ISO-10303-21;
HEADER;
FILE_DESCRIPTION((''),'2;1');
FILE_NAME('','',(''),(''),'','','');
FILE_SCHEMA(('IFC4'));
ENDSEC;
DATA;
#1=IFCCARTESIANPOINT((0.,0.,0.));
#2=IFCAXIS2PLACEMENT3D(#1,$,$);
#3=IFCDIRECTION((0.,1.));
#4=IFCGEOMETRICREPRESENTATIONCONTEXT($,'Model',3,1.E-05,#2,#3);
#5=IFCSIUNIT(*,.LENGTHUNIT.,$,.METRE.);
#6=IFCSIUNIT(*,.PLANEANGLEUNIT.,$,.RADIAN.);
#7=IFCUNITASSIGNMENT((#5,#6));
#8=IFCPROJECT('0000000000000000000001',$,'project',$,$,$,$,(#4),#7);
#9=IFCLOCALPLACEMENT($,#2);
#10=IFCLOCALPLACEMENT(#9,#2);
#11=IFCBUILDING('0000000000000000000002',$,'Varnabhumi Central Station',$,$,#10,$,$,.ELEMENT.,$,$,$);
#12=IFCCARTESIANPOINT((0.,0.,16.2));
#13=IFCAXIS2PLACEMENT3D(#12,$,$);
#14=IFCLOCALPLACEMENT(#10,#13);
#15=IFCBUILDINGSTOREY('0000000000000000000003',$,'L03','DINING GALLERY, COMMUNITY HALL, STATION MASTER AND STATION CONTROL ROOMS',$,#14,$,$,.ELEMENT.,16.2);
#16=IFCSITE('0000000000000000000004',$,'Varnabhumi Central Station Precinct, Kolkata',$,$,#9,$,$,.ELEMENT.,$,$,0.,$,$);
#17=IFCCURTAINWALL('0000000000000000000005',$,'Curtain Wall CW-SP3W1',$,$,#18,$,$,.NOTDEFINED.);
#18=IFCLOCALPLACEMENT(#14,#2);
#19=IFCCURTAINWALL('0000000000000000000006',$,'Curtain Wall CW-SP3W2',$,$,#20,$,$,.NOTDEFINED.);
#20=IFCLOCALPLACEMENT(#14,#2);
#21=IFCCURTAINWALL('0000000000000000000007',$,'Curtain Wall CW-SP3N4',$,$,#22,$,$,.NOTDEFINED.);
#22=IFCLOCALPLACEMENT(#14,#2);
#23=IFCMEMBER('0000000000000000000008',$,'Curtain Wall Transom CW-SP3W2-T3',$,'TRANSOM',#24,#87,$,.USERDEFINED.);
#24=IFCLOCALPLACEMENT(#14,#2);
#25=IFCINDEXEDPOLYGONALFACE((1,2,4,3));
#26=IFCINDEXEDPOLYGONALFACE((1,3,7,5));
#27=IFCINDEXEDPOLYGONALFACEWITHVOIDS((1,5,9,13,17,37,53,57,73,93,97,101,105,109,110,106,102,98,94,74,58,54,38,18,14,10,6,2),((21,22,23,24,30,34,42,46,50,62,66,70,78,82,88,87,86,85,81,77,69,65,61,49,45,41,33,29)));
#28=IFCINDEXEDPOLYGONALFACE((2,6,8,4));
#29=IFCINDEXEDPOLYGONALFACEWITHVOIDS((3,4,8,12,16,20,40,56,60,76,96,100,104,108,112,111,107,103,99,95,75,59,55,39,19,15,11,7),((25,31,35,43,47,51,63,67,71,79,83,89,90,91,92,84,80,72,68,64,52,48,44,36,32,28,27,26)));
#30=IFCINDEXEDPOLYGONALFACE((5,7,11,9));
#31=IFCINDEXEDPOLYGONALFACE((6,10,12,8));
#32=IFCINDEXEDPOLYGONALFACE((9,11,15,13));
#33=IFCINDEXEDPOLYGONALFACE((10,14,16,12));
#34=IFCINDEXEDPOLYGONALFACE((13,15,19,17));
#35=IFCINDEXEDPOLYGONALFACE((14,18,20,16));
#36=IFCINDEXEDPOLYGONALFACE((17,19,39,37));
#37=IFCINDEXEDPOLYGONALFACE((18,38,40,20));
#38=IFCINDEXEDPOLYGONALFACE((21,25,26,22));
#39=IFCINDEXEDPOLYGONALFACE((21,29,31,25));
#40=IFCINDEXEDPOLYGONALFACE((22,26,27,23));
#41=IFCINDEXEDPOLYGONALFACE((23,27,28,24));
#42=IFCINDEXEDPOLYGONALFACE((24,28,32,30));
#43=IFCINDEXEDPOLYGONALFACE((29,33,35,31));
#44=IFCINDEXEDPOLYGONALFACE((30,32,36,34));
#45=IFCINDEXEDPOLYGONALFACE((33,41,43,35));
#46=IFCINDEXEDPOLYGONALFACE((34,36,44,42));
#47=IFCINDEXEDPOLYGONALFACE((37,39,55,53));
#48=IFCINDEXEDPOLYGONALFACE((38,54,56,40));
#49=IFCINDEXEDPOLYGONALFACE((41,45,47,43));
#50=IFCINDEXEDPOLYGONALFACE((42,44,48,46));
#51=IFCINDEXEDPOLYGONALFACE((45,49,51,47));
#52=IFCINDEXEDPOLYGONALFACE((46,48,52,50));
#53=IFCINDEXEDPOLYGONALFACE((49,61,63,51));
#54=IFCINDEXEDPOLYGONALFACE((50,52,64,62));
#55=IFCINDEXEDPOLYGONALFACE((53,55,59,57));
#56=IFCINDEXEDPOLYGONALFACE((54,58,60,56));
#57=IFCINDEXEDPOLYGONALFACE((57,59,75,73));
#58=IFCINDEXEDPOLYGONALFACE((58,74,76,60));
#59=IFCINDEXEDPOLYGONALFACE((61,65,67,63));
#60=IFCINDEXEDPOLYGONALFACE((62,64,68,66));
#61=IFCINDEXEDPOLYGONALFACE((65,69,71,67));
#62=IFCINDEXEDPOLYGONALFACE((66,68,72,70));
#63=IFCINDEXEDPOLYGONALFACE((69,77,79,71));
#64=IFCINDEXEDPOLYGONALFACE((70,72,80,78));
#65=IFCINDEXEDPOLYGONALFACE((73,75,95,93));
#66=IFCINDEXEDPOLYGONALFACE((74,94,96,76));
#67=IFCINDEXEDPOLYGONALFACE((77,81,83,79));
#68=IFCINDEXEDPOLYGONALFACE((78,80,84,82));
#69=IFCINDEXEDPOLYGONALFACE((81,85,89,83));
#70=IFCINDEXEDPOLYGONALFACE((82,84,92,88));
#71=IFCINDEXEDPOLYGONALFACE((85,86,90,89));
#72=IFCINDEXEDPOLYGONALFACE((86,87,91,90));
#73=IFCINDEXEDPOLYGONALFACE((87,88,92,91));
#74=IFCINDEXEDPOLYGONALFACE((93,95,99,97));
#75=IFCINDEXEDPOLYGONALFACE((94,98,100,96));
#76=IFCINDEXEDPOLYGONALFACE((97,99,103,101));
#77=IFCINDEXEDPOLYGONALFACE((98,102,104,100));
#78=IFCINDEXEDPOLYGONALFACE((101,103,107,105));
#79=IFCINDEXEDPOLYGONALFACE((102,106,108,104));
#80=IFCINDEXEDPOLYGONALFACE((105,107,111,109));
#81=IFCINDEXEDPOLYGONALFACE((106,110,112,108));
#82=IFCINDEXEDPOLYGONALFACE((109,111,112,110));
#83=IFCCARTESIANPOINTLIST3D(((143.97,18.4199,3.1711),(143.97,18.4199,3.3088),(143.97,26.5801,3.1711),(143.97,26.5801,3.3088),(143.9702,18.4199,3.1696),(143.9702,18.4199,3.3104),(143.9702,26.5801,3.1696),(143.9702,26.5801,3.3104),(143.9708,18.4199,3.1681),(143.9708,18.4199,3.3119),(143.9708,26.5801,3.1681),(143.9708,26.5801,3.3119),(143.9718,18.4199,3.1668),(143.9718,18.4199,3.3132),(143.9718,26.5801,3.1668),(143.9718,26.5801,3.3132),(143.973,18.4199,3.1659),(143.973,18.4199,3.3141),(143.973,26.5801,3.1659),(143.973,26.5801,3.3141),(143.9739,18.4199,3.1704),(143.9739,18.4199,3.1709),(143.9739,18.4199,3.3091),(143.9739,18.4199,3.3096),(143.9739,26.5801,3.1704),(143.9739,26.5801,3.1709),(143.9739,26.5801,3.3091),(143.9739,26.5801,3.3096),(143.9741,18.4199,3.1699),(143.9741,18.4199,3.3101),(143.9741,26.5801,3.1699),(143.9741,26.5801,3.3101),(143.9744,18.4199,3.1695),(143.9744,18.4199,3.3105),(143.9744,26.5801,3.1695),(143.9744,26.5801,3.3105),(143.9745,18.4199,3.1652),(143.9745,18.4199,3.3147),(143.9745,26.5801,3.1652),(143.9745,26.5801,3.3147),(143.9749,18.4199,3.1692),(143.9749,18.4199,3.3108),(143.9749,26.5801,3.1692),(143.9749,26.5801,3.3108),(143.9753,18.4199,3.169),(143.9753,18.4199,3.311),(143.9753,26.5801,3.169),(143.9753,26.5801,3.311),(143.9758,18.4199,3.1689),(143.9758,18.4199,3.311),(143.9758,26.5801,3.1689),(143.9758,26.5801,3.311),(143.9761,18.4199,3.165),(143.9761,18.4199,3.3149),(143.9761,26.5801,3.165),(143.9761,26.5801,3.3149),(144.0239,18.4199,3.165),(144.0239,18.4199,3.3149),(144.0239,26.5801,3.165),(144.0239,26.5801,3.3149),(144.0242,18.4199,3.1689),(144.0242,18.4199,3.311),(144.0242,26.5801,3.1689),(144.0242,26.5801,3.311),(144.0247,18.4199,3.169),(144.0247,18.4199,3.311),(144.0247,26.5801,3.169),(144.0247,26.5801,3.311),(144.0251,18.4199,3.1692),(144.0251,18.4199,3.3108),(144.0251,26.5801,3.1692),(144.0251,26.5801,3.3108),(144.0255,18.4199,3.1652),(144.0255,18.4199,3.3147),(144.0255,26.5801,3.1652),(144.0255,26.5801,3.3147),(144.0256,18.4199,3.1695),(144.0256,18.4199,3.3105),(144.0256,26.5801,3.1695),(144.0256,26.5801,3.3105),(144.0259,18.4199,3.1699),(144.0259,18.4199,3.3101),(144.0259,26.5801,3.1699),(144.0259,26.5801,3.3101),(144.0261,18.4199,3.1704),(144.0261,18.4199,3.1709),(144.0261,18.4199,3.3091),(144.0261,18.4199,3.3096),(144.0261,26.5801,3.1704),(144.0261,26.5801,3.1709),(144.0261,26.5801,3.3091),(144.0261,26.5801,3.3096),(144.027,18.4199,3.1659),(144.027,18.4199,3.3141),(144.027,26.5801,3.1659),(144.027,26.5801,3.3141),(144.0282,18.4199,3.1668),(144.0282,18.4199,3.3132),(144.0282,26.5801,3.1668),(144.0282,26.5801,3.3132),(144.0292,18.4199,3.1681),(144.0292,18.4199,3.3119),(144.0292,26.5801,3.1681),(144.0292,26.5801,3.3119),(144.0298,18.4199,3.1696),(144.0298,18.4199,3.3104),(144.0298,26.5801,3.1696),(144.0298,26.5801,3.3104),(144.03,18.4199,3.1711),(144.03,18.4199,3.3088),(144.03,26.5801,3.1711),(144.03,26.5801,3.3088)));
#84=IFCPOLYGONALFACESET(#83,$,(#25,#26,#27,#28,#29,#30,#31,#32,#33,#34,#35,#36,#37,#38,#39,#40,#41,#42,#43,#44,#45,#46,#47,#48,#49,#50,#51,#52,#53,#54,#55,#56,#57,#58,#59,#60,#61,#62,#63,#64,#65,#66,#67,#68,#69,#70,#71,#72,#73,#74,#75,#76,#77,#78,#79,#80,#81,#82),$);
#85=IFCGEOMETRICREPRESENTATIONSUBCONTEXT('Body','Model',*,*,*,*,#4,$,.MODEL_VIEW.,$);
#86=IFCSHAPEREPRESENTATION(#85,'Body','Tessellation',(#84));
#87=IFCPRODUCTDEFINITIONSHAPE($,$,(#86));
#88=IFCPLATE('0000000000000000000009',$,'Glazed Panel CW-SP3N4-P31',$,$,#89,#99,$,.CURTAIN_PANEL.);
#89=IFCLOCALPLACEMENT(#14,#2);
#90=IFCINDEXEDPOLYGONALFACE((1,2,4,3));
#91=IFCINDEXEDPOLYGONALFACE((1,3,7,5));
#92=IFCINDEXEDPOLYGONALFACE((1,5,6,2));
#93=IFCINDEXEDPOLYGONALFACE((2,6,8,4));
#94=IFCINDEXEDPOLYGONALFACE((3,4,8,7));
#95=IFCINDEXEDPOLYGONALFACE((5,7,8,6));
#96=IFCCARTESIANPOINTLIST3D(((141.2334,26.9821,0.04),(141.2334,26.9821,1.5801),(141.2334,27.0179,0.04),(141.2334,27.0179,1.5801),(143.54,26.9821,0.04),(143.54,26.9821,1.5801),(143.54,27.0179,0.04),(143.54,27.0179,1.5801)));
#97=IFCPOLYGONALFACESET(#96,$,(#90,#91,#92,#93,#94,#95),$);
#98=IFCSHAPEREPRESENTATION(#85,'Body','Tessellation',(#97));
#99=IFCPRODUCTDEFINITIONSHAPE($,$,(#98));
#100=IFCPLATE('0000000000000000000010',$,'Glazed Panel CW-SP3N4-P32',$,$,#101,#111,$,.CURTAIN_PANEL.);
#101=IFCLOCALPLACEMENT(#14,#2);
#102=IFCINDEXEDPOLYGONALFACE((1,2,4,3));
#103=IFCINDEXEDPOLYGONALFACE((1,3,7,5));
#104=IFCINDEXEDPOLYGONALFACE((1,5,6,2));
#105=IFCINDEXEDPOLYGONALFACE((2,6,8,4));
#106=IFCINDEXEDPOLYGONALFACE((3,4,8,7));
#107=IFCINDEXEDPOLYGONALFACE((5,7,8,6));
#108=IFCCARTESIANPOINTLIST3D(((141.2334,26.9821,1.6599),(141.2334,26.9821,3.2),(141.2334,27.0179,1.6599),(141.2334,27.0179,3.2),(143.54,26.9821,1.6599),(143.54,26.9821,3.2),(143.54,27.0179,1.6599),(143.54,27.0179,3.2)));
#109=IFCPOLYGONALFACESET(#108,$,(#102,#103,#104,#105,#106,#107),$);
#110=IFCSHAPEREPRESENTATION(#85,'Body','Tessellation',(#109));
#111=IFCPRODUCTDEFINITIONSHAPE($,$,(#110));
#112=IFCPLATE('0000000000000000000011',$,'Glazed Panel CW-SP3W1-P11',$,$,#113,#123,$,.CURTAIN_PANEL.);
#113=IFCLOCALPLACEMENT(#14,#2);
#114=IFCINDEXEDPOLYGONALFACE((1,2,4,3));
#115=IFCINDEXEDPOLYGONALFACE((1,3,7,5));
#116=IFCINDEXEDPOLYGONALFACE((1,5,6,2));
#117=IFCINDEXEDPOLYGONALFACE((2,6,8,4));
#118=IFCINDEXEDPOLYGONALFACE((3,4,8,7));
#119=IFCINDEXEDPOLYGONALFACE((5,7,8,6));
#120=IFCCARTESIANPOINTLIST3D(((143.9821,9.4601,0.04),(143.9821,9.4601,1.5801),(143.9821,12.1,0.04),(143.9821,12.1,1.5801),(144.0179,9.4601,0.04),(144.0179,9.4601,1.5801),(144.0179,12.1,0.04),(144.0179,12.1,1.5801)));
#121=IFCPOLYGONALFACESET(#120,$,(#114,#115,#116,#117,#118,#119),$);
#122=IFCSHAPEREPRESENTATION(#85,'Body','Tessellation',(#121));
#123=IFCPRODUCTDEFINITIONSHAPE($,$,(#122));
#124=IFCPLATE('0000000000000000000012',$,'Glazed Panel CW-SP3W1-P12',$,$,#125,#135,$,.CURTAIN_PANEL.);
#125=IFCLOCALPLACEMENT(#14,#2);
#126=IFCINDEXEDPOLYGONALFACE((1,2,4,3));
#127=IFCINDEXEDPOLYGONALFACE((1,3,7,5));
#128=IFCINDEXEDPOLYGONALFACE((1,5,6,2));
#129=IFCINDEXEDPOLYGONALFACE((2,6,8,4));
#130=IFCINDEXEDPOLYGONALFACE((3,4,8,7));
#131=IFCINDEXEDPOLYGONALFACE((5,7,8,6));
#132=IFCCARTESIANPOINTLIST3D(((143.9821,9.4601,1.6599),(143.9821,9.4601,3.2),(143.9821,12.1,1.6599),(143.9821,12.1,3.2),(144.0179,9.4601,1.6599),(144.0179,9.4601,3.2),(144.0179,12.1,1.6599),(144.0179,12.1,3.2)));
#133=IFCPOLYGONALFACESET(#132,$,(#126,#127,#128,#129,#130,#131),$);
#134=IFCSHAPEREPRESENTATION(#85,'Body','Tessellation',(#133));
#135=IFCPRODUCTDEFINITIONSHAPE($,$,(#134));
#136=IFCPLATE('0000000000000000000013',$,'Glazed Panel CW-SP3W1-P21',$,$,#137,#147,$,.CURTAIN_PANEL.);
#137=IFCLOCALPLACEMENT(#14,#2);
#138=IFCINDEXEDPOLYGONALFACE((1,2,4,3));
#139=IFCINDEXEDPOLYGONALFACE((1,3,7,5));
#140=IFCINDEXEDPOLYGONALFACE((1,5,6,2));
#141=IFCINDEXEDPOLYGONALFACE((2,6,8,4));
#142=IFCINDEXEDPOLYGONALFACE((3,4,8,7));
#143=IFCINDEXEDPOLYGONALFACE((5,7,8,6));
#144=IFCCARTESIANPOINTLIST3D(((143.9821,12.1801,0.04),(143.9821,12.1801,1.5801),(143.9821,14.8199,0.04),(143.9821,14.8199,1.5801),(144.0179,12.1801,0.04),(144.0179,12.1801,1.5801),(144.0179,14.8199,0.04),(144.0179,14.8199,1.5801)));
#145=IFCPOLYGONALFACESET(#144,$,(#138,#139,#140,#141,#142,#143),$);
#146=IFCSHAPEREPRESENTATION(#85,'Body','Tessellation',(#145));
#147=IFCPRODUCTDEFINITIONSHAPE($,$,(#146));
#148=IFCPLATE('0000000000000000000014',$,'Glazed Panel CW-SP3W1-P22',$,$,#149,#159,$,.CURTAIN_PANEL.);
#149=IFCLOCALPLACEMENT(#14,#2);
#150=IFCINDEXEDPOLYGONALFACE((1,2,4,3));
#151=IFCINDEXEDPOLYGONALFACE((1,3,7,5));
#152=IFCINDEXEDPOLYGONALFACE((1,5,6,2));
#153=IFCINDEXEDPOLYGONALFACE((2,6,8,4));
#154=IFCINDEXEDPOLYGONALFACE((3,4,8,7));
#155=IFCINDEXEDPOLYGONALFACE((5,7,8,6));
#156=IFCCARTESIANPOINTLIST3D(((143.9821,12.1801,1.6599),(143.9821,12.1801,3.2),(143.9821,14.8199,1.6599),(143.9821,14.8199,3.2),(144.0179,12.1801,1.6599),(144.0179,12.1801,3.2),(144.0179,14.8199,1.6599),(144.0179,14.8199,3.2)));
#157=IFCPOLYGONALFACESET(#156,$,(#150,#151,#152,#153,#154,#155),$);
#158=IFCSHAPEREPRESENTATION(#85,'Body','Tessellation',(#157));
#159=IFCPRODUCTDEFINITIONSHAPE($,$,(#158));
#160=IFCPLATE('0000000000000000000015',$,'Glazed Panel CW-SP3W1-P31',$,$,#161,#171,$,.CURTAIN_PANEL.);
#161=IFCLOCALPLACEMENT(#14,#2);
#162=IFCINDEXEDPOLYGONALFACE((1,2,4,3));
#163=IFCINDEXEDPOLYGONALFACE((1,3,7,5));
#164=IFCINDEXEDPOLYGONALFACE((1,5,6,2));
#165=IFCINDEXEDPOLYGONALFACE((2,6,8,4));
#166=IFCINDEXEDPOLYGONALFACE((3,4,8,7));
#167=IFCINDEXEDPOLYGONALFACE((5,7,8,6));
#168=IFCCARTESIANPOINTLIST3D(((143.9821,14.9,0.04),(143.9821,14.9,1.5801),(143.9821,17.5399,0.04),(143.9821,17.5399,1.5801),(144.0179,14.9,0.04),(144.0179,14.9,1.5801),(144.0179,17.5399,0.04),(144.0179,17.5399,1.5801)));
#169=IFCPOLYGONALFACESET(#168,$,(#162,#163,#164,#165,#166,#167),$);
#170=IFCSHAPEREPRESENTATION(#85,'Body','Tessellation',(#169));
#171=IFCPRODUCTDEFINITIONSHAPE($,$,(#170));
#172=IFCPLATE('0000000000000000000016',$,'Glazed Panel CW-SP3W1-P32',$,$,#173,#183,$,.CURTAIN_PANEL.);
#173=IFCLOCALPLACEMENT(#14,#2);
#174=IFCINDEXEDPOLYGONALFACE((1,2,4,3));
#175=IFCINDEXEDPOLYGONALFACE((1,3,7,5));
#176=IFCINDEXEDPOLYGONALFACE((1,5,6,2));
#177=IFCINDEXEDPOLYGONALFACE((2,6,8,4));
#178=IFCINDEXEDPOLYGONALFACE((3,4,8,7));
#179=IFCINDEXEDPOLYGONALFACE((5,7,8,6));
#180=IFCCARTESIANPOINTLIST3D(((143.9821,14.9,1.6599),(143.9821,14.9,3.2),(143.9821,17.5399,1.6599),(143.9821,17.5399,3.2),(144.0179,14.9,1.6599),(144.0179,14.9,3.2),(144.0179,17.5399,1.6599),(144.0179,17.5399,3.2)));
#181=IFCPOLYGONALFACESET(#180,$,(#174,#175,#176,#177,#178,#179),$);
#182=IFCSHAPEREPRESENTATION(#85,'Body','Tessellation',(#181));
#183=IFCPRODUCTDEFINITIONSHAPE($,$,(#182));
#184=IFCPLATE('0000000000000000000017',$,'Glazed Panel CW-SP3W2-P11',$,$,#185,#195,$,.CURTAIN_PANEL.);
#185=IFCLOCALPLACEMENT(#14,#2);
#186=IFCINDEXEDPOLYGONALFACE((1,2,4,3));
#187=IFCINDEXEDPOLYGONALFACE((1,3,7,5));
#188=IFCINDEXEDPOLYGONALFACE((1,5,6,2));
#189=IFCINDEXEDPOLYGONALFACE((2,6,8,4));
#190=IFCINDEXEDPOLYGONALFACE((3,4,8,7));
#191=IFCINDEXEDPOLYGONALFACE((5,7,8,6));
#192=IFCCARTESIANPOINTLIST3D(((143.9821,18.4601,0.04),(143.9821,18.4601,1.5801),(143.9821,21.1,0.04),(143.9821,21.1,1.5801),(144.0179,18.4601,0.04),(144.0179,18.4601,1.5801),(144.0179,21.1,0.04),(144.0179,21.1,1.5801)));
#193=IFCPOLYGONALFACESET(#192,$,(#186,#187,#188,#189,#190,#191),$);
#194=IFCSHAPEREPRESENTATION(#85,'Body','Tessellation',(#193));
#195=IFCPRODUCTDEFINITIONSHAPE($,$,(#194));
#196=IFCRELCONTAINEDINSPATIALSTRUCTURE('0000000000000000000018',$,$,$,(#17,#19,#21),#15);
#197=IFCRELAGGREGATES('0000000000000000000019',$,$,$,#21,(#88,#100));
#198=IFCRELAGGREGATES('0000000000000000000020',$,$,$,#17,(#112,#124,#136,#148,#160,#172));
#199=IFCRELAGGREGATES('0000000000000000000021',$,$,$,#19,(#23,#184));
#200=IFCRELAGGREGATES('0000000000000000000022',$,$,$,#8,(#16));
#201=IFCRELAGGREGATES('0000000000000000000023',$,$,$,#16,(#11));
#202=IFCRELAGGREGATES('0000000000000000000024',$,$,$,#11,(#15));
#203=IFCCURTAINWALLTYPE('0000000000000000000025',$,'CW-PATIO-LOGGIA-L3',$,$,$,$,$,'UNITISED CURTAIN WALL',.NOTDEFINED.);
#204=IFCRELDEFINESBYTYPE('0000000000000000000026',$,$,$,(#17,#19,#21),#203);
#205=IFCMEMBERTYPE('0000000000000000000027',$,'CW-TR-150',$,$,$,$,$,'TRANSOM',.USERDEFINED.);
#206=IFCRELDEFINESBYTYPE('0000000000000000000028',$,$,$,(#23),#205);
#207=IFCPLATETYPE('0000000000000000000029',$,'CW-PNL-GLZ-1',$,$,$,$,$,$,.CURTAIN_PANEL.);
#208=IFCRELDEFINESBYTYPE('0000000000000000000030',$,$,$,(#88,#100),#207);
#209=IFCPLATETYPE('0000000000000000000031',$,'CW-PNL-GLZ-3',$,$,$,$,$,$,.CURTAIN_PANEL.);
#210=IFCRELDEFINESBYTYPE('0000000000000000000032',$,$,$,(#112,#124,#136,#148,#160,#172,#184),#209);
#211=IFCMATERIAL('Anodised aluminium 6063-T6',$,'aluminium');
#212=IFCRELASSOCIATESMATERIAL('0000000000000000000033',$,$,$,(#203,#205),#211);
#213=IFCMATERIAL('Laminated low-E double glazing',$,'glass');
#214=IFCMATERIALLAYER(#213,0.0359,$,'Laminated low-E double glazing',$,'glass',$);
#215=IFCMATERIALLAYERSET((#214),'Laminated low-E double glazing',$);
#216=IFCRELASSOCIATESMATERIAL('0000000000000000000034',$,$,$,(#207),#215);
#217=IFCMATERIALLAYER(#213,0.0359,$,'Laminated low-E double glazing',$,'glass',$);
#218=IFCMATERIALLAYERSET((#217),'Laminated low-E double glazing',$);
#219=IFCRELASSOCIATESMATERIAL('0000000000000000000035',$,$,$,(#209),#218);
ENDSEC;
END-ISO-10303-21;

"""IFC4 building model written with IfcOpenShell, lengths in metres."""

from ifc_helpers import new_model, si_unit, direction, frame, origin, origin_2d, place, context, subcontext, project, spatial, rectangle, hollow_rectangle, extrude, material, layer, layer_set, material_profile, profile_set, type_object, element, aggregate, save


model = new_model("IFC4")

# Units and contexts
model_context = context("Model", 3, precision=1e-05, world=origin(), true_north=direction((0.0, 1.0)))
body_context = subcontext(model_context, "Body", "Model", "MODEL_VIEW")
ifc_project = project(units=[si_unit("LENGTHUNIT", "METRE"), si_unit("PLANEANGLEUNIT", "RADIAN")], contexts=[model_context])

# Site, building, storey
site_placement = place(None, origin())
site = spatial("IfcSite", under=ifc_project, at=site_placement, Name="Varnabhumi Central Station Precinct, Kolkata", CompositionType="ELEMENT", RefElevation=0.0)
building_placement = place(site_placement, origin())
building = spatial("IfcBuilding", under=site, at=building_placement, Name="Varnabhumi Central Station", CompositionType="ELEMENT")
storey_placement = place(building_placement, frame((0.0, 0.0, 16.2)))
storey = spatial("IfcBuildingStorey", under=building, at=storey_placement, Name="L03", Description="DINING GALLERY, COMMUNITY HALL, STATION MASTER AND STATION CONTROL ROOMS", CompositionType="ELEMENT", Elevation=16.2)

# Curtain walls
ifc_material_1 = material(Name="Anodised aluminium 6063-T6", Category="aluminium")
curtain_wall_type = type_object("IfcCurtainWallType", Name="CW-PATIO-LOGGIA-L3", ElementType="UNITISED CURTAIN WALL", PredefinedType="NOTDEFINED", material=ifc_material_1)
curtain_wall_1_placement = place(storey_placement, origin())
curtain_wall_1 = element("IfcCurtainWall", 1, at=curtain_wall_1_placement, inside=storey, type_object=curtain_wall_type, Name="Curtain Wall CW-SP3W1", PredefinedType="NOTDEFINED")
curtain_wall_2_placement = place(storey_placement, origin())
curtain_wall_2 = element("IfcCurtainWall", 2, at=curtain_wall_2_placement, inside=storey, type_object=curtain_wall_type, Name="Curtain Wall CW-SP3W2", PredefinedType="NOTDEFINED")
curtain_wall_3_placement = place(storey_placement, origin())
curtain_wall_3 = element("IfcCurtainWall", 3, at=curtain_wall_3_placement, inside=storey, type_object=curtain_wall_type, Name="Curtain Wall CW-SP3N4", PredefinedType="NOTDEFINED")

# Member
ifc_material_profile_1 = material_profile(ifc_material_1, hollow_rectangle(XDim=0.0601, YDim=0.1499, WallThickness=0.0039, InnerFilletRadius=0.002, OuterFilletRadius=0.0061, at=origin_2d()), Name="Anodised aluminium 6063-T6", Category="aluminium")
ifc_profile_set_1 = profile_set([ifc_material_profile_1], Name="Anodised aluminium 6063-T6")
member_type_1 = type_object("IfcMemberType", Name="CW-TR-150", ElementType="TRANSOM", PredefinedType="USERDEFINED", material=ifc_profile_set_1)
member_1_placement = place(storey_placement, frame((144.0, 18.4199, 3.24), z_axis=(0.0, 1.0, 0.0), x_axis=(-1.0, 0.0, 0.0)))
member_1 = element("IfcMember", 4, at=member_1_placement, type_object=member_type_1, Name="Curtain Wall Transom CW-SP3W2-T3", ObjectType="TRANSOM", PredefinedType="USERDEFINED", context=body_context, shape_type="SweptSolid", body=[
    extrude(hollow_rectangle(XDim=0.0601, YDim=0.1499, WallThickness=0.0039, InnerFilletRadius=0.002, OuterFilletRadius=0.0061, at=origin_2d()), origin(), (0.0, 0.0, 1.0), 8.1602),
])

# Plates
ifc_material_2 = material(Name="Laminated low-E double glazing", Category="glass")
ifc_layer_1 = layer(ifc_material_2, 0.0359, Name="Laminated low-E double glazing", Category="glass")
ifc_layer_set_1 = layer_set([ifc_layer_1], Name="Laminated low-E double glazing")
plate_type_1 = type_object("IfcPlateType", Name="CW-PNL-GLZ-1", PredefinedType="CURTAIN_PANEL", material=ifc_layer_set_1)
plate_1_placement = place(storey_placement, frame((142.3867, 27.0, 0.04), z_axis=(0.0, 0.0, 1.0), x_axis=(1.0, 0.0, 0.0)))
plate_1 = element("IfcPlate", 5, at=plate_1_placement, type_object=plate_type_1, Name="Glazed Panel CW-SP3N4-P31", PredefinedType="CURTAIN_PANEL", context=body_context, shape_type="SweptSolid", body=[
    extrude(rectangle(XDim=2.3066, YDim=0.0359, at=origin_2d()), origin(), (0.0, 0.0, 1.0), 1.54),
])
plate_2_placement = place(storey_placement, frame((142.3867, 27.0, 1.6599), z_axis=(0.0, 0.0, 1.0), x_axis=(1.0, 0.0, 0.0)))
plate_2 = element("IfcPlate", 6, at=plate_2_placement, type_object=plate_type_1, Name="Glazed Panel CW-SP3N4-P32", PredefinedType="CURTAIN_PANEL", context=body_context, shape_type="SweptSolid", body=[
    extrude(rectangle(XDim=2.3066, YDim=0.0359, at=origin_2d()), origin(), (0.0, 0.0, 1.0), 1.54),
])
aggregate(curtain_wall_3, [plate_1, plate_2])
ifc_layer_2 = layer(ifc_material_2, 0.0359, Name="Laminated low-E double glazing", Category="glass")
ifc_layer_set_2 = layer_set([ifc_layer_2], Name="Laminated low-E double glazing")
plate_type_2 = type_object("IfcPlateType", Name="CW-PNL-GLZ-3", PredefinedType="CURTAIN_PANEL", material=ifc_layer_set_2)
plate_3_placement = place(storey_placement, frame((144.0, 10.78, 0.04), z_axis=(0.0, 0.0, 1.0), x_axis=(0.0, 1.0, 0.0)))
plate_3 = element("IfcPlate", 7, at=plate_3_placement, type_object=plate_type_2, Name="Glazed Panel CW-SP3W1-P11", PredefinedType="CURTAIN_PANEL", context=body_context, shape_type="SweptSolid", body=[
    extrude(rectangle(XDim=2.6399, YDim=0.0359, at=origin_2d()), origin(), (0.0, 0.0, 1.0), 1.54),
])
plate_4_placement = place(storey_placement, frame((144.0, 10.78, 1.6599), z_axis=(0.0, 0.0, 1.0), x_axis=(0.0, 1.0, 0.0)))
plate_4 = element("IfcPlate", 8, at=plate_4_placement, type_object=plate_type_2, Name="Glazed Panel CW-SP3W1-P12", PredefinedType="CURTAIN_PANEL", context=body_context, shape_type="SweptSolid", body=[
    extrude(rectangle(XDim=2.6399, YDim=0.0359, at=origin_2d()), origin(), (0.0, 0.0, 1.0), 1.54),
])
plate_5_placement = place(storey_placement, frame((144.0, 13.5, 0.04), z_axis=(0.0, 0.0, 1.0), x_axis=(0.0, 1.0, 0.0)))
plate_5 = element("IfcPlate", 9, at=plate_5_placement, type_object=plate_type_2, Name="Glazed Panel CW-SP3W1-P21", PredefinedType="CURTAIN_PANEL", context=body_context, shape_type="SweptSolid", body=[
    extrude(rectangle(XDim=2.6399, YDim=0.0359, at=origin_2d()), origin(), (0.0, 0.0, 1.0), 1.54),
])
plate_6_placement = place(storey_placement, frame((144.0, 13.5, 1.6599), z_axis=(0.0, 0.0, 1.0), x_axis=(0.0, 1.0, 0.0)))
plate_6 = element("IfcPlate", 10, at=plate_6_placement, type_object=plate_type_2, Name="Glazed Panel CW-SP3W1-P22", PredefinedType="CURTAIN_PANEL", context=body_context, shape_type="SweptSolid", body=[
    extrude(rectangle(XDim=2.6399, YDim=0.0359, at=origin_2d()), origin(), (0.0, 0.0, 1.0), 1.54),
])
plate_7_placement = place(storey_placement, frame((144.0, 16.22, 0.04), z_axis=(0.0, 0.0, 1.0), x_axis=(0.0, 1.0, 0.0)))
plate_7 = element("IfcPlate", 11, at=plate_7_placement, type_object=plate_type_2, Name="Glazed Panel CW-SP3W1-P31", PredefinedType="CURTAIN_PANEL", context=body_context, shape_type="SweptSolid", body=[
    extrude(rectangle(XDim=2.6399, YDim=0.0359, at=origin_2d()), origin(), (0.0, 0.0, 1.0), 1.54),
])
plate_8_placement = place(storey_placement, frame((144.0, 16.22, 1.6599), z_axis=(0.0, 0.0, 1.0), x_axis=(0.0, 1.0, 0.0)))
plate_8 = element("IfcPlate", 12, at=plate_8_placement, type_object=plate_type_2, Name="Glazed Panel CW-SP3W1-P32", PredefinedType="CURTAIN_PANEL", context=body_context, shape_type="SweptSolid", body=[
    extrude(rectangle(XDim=2.6399, YDim=0.0359, at=origin_2d()), origin(), (0.0, 0.0, 1.0), 1.54),
])
aggregate(curtain_wall_1, [plate_3, plate_4, plate_5, plate_6, plate_7, plate_8])
plate_9_placement = place(storey_placement, frame((144.0, 19.78, 0.04), z_axis=(0.0, 0.0, 1.0), x_axis=(0.0, 1.0, 0.0)))
plate_9 = element("IfcPlate", 13, at=plate_9_placement, type_object=plate_type_2, Name="Glazed Panel CW-SP3W2-P11", PredefinedType="CURTAIN_PANEL", context=body_context, shape_type="SweptSolid", body=[
    extrude(rectangle(XDim=2.6399, YDim=0.0359, at=origin_2d()), origin(), (0.0, 0.0, 1.0), 1.54),
])
aggregate(curtain_wall_2, [member_1, plate_9])

save(model, "model.ifc")
